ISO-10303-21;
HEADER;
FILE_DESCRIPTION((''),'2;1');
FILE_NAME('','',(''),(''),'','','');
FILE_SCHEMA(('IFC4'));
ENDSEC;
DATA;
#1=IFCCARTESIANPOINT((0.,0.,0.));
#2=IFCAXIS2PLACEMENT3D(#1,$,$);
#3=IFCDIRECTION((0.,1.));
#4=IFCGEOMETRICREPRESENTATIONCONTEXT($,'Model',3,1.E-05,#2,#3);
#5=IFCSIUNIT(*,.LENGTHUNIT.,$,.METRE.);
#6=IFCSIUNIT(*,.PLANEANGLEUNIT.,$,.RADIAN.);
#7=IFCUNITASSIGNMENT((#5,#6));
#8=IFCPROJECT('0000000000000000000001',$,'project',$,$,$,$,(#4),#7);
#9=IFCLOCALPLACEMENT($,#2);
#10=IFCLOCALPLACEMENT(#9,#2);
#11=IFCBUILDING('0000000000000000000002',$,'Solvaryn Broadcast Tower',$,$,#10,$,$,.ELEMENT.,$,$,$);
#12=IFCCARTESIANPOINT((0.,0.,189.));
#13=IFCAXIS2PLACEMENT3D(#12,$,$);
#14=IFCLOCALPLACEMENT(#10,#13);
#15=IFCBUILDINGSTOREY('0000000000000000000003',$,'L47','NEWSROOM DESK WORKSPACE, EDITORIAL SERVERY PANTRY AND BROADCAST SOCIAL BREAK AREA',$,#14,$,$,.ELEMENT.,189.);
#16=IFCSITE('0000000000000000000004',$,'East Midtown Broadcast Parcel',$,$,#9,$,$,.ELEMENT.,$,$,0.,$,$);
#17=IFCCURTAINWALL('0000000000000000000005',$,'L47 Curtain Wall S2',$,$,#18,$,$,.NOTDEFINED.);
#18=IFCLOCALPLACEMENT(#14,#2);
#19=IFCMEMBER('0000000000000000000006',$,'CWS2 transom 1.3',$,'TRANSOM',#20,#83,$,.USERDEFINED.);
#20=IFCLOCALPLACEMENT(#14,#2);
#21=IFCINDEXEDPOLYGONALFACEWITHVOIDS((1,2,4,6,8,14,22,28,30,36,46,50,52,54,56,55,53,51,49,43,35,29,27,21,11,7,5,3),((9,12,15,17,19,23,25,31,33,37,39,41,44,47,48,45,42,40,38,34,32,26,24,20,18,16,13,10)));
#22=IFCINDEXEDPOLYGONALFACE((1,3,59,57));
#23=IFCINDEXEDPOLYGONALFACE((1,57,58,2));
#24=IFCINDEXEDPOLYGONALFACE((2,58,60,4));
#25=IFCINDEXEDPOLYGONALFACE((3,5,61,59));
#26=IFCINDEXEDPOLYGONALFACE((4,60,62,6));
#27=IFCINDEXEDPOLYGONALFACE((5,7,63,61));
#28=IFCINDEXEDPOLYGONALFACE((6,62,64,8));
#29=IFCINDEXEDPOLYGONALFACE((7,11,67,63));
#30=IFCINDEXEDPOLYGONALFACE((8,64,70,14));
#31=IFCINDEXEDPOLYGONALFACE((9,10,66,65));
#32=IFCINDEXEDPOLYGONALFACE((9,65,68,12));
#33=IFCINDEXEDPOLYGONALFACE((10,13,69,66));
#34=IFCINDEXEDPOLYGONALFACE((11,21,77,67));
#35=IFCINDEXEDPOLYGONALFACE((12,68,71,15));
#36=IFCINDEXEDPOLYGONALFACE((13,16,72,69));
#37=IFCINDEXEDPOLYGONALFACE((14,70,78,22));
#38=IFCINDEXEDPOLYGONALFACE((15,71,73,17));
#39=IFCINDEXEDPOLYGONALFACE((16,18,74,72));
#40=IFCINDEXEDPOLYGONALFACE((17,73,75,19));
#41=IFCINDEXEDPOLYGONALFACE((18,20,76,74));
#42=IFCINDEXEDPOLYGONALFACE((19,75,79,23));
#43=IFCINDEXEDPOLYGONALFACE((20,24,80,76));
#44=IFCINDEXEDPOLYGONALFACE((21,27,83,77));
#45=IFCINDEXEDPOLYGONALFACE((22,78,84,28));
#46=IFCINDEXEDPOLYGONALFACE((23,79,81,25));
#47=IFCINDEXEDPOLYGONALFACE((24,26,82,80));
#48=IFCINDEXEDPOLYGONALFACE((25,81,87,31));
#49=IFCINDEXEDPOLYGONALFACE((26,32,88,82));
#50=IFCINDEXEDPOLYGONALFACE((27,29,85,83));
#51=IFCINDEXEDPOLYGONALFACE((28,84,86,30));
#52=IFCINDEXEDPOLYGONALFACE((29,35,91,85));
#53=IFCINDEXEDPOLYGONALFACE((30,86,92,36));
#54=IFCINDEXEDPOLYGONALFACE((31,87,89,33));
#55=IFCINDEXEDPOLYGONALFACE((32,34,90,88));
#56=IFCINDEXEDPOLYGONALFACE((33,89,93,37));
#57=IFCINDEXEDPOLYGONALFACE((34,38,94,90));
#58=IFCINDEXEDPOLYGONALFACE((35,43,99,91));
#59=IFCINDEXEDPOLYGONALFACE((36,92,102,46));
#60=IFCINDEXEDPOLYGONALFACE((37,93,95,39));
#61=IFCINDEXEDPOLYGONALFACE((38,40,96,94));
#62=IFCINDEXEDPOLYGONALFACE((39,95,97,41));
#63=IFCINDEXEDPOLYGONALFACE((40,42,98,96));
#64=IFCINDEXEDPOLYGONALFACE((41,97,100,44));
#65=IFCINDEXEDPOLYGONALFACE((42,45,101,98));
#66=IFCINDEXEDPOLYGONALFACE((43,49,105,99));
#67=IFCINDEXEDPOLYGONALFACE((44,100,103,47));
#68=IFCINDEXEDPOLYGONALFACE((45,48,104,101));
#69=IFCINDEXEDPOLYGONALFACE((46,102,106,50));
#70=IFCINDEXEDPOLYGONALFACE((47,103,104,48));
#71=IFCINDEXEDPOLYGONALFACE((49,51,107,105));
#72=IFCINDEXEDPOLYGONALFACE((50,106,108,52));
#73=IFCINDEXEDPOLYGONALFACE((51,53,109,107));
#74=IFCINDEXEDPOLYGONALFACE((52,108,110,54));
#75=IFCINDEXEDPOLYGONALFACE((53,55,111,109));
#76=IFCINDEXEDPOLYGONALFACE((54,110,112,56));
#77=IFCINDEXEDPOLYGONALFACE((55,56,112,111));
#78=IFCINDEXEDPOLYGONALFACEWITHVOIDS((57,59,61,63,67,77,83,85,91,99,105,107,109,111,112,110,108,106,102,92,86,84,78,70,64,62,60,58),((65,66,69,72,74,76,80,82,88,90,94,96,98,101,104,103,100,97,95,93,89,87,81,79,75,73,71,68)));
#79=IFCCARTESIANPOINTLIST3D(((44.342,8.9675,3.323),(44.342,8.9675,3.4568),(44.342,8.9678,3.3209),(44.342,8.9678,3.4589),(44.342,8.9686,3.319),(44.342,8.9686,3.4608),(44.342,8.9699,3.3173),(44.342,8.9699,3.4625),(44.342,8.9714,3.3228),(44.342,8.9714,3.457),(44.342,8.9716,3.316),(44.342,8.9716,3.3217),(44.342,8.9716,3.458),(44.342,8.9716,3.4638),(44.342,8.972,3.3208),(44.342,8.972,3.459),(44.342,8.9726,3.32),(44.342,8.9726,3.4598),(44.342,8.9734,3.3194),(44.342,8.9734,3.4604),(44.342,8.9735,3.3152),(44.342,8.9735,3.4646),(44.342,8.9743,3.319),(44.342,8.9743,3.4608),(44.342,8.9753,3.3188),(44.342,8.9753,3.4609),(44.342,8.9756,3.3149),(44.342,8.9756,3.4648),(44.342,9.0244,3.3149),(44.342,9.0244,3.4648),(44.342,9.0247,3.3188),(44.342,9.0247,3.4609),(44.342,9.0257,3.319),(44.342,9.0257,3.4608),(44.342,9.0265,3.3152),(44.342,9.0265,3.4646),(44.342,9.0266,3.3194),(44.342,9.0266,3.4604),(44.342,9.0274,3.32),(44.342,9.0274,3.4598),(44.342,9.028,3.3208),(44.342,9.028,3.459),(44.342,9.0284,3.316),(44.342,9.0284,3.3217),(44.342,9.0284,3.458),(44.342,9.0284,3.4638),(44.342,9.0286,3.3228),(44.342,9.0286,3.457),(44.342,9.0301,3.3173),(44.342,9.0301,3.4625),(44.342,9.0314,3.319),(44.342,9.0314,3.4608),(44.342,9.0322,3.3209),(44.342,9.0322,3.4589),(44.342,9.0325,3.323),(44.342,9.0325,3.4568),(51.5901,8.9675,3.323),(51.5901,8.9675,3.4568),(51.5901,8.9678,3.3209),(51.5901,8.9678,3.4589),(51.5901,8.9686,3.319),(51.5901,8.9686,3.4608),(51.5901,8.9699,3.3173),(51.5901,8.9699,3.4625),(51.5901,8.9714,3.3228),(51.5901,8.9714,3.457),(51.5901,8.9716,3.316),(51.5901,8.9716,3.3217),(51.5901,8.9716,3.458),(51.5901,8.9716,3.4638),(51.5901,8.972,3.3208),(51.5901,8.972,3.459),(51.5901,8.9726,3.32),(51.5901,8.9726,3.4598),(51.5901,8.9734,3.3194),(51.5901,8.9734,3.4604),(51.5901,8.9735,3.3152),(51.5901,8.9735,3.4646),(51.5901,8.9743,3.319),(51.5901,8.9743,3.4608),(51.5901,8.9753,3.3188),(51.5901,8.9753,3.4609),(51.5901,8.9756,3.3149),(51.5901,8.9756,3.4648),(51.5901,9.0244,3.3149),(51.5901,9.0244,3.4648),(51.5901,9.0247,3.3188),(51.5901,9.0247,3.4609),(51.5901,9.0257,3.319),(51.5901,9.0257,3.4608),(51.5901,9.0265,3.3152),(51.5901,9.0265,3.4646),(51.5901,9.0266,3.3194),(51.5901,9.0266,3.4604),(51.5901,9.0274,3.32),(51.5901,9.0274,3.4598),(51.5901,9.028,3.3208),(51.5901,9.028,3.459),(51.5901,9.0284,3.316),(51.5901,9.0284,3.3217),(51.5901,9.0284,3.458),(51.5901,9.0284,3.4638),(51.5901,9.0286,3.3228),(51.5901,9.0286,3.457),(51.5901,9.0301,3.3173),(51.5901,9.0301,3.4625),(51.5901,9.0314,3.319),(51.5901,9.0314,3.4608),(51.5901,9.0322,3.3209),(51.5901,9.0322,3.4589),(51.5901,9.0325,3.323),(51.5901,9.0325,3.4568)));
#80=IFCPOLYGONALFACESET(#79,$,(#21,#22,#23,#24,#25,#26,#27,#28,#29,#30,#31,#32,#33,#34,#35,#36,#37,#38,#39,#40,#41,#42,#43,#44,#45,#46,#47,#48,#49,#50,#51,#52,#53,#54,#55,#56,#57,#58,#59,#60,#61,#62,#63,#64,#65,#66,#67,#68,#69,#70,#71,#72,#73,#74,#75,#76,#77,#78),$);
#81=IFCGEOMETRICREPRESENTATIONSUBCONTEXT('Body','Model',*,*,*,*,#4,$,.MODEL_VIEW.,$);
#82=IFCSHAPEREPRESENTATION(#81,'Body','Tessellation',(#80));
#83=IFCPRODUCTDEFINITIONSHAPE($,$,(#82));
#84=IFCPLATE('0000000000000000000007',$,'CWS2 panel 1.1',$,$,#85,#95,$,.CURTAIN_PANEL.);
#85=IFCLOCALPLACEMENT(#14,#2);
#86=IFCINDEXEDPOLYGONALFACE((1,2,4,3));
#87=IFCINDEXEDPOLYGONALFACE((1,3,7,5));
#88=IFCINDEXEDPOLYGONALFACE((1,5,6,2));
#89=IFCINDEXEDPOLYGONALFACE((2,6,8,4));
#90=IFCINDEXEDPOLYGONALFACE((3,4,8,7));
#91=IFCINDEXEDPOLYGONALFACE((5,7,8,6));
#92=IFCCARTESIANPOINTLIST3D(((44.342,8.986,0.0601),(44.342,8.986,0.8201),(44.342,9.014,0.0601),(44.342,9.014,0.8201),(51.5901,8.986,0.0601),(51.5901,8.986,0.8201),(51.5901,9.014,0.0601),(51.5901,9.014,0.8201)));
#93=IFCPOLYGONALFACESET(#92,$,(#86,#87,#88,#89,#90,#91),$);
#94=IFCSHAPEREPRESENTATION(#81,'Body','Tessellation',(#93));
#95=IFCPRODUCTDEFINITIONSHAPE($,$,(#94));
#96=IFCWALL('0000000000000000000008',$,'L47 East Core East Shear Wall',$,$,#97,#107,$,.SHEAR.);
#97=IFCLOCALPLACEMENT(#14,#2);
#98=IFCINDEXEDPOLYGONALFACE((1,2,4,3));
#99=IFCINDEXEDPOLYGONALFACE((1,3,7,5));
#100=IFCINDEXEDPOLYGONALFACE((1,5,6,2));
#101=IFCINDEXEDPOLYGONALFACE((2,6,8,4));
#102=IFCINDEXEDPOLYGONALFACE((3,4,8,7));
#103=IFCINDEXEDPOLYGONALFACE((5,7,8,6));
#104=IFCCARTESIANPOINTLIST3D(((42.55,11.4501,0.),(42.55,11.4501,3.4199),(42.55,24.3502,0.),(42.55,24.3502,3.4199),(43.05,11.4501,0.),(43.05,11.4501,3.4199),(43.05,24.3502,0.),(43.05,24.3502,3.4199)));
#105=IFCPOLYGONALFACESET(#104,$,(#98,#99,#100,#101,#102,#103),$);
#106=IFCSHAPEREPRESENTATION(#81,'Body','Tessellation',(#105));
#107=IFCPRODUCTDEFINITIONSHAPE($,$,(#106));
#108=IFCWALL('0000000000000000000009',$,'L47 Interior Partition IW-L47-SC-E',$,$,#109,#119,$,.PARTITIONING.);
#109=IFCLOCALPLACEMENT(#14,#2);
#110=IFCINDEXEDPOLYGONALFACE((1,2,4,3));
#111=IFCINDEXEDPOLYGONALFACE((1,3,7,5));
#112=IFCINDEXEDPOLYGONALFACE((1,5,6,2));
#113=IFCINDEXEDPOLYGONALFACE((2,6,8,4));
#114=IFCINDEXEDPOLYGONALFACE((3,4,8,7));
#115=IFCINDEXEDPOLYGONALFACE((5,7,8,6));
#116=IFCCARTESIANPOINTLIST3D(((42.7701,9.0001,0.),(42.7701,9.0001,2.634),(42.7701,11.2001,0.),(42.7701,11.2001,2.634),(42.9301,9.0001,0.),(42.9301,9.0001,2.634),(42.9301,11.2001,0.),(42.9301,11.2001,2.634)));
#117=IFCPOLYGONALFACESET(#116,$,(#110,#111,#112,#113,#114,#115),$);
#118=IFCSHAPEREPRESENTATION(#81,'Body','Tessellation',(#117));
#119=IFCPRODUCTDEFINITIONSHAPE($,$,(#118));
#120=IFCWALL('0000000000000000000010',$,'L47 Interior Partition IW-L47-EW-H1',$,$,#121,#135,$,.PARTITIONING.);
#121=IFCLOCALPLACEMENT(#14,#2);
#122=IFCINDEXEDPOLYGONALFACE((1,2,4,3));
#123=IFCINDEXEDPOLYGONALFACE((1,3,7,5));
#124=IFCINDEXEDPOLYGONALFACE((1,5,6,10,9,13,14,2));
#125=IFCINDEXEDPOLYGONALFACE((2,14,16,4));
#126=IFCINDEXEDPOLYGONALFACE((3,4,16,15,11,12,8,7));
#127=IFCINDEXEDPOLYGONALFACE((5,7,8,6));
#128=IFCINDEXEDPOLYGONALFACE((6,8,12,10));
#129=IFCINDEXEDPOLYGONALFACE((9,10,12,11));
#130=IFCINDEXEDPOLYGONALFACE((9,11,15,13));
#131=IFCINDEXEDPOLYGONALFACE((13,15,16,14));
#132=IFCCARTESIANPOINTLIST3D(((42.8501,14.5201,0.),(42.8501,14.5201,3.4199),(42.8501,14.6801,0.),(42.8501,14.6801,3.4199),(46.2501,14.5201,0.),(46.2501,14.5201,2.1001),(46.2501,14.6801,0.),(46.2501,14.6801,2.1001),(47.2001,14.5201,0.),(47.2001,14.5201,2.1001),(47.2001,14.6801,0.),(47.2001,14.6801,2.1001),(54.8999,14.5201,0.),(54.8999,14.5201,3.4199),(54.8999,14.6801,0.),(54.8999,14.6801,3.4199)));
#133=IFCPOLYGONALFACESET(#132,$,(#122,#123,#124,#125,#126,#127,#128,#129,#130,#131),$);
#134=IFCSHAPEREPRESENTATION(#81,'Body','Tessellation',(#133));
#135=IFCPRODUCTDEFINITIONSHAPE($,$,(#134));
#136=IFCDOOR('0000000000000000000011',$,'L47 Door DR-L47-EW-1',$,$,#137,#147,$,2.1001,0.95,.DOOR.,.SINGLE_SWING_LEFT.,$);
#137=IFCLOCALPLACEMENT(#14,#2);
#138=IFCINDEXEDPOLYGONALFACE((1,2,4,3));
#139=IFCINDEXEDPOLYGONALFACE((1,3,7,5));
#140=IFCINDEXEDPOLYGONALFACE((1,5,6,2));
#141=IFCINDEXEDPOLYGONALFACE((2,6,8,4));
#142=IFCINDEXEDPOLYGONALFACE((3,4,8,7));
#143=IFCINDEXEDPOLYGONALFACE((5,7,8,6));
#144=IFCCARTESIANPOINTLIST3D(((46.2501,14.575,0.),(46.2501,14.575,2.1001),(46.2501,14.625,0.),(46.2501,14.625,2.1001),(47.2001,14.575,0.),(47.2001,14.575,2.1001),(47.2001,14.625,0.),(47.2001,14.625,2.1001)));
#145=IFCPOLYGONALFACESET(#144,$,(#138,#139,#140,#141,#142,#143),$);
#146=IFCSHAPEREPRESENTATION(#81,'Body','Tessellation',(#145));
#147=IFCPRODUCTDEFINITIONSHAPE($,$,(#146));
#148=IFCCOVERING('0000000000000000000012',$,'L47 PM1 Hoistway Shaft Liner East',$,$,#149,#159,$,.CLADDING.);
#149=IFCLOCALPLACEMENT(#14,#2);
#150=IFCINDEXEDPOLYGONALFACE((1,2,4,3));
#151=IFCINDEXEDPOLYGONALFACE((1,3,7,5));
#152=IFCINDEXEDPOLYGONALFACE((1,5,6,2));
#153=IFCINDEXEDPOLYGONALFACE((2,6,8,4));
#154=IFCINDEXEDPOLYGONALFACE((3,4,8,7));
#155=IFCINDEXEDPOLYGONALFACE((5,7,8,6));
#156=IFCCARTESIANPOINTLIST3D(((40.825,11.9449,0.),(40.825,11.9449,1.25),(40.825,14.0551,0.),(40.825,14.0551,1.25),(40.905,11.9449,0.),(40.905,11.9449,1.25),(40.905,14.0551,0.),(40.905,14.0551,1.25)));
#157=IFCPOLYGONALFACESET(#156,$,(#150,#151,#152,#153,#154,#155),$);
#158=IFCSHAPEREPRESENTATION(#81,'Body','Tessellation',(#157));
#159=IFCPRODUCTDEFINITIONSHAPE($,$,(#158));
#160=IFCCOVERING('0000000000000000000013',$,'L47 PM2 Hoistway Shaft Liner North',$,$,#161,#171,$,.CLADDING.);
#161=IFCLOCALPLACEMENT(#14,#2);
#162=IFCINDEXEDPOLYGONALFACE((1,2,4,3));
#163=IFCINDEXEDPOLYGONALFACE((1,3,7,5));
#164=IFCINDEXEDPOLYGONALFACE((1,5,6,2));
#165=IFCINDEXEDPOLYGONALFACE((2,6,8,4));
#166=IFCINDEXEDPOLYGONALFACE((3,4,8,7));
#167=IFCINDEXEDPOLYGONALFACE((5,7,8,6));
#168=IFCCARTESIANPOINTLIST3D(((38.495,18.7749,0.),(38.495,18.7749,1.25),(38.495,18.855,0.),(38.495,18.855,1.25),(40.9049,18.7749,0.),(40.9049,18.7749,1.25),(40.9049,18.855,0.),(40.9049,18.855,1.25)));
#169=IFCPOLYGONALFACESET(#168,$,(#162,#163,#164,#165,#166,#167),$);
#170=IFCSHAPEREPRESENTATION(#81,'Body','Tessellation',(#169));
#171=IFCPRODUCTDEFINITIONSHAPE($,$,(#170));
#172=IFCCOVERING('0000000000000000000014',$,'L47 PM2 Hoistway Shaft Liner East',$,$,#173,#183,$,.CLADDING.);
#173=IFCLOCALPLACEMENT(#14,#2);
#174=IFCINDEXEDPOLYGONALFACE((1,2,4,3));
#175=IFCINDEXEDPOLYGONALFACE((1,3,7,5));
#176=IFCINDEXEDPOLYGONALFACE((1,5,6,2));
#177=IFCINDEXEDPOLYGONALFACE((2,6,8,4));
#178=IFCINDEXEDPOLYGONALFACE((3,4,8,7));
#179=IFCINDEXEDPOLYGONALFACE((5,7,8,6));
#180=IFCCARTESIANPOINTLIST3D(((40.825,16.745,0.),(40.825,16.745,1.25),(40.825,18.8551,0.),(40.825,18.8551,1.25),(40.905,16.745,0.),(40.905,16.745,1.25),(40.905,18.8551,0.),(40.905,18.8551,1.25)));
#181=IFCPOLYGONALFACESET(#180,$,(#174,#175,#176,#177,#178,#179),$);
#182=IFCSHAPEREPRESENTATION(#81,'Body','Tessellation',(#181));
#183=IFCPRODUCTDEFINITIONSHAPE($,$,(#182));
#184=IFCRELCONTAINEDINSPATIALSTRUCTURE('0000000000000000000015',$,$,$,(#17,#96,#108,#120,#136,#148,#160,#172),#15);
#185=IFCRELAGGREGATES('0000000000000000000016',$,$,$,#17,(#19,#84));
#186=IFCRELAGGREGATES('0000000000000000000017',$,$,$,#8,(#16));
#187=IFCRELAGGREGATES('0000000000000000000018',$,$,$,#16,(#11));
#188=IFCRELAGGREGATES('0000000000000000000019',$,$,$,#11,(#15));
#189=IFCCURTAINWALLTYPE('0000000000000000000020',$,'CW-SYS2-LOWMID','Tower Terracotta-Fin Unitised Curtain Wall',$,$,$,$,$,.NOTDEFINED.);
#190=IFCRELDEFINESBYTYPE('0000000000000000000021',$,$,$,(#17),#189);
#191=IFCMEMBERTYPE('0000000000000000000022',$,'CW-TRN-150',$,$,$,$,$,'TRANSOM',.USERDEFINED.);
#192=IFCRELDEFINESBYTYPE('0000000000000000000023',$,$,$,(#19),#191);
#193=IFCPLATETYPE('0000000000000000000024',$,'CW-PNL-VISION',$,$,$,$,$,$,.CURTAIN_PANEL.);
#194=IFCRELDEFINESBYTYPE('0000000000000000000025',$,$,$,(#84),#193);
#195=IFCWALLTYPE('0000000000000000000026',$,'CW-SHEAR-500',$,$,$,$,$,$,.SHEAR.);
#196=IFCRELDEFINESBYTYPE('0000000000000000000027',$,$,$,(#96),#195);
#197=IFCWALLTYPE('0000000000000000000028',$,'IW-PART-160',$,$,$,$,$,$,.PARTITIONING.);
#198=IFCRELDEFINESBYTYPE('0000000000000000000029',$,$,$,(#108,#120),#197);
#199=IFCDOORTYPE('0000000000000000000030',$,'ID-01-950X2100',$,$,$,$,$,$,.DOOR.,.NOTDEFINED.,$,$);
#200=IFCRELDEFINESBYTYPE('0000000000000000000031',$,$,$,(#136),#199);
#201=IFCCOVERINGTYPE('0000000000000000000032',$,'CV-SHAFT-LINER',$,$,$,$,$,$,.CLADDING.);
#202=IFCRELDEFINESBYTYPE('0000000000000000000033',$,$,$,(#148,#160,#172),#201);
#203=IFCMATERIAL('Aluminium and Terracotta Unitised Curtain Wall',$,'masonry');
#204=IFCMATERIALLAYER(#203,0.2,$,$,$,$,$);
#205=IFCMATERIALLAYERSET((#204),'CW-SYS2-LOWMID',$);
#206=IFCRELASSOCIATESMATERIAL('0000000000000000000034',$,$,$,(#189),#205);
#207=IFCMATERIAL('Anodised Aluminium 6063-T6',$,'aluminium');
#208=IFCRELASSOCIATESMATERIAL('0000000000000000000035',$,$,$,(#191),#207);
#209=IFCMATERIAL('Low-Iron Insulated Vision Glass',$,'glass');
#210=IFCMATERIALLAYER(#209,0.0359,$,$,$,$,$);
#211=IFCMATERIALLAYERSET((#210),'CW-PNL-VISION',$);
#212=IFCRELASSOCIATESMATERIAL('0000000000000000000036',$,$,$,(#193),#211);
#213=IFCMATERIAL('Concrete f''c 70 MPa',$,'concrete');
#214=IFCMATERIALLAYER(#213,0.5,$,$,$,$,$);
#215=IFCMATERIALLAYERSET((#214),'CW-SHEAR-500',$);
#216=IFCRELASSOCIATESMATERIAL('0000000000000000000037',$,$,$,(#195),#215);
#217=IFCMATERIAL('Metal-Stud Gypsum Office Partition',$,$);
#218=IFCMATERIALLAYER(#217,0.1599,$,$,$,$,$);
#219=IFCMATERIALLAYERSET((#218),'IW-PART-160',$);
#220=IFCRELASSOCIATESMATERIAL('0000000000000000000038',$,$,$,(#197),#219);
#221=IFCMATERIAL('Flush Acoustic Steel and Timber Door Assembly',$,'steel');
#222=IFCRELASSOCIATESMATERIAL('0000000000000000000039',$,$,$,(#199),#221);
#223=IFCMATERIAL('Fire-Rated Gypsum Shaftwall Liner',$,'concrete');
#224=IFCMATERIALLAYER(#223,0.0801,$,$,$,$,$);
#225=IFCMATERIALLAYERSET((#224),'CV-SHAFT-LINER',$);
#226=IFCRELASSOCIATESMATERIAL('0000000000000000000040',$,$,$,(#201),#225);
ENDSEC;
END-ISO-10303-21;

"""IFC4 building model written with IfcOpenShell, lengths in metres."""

from ifc_helpers import new_model, si_unit, direction, frame, frame_2d, origin, origin_2d, place, context, subcontext, project, spatial, rectangle, hollow_rectangle, extrude, material, layer, layer_set, material_profile, profile_set, type_object, element, fill, aggregate, save


model = new_model("IFC4")

# Units and contexts
model_context = context("Model", 3, precision=1e-05, world=origin(), true_north=direction((0.0, 1.0)))
body_context = subcontext(model_context, "Body", "Model", "MODEL_VIEW")
ifc_project = project(units=[si_unit("LENGTHUNIT", "METRE"), si_unit("PLANEANGLEUNIT", "RADIAN")], contexts=[model_context])

# Site, building, storey
site_placement = place(None, origin())
site = spatial("IfcSite", under=ifc_project, at=site_placement, Name="East Midtown Broadcast Parcel", CompositionType="ELEMENT", RefElevation=0.0)
building_placement = place(site_placement, origin())
building = spatial("IfcBuilding", under=site, at=building_placement, Name="Solvaryn Broadcast Tower", CompositionType="ELEMENT")
storey_placement = place(building_placement, frame((0.0, 0.0, 189.0)))
storey = spatial("IfcBuildingStorey", under=building, at=storey_placement, Name="L47", Description="NEWSROOM DESK WORKSPACE, EDITORIAL SERVERY PANTRY AND BROADCAST SOCIAL BREAK AREA", CompositionType="ELEMENT", Elevation=189.0)

# Shared definitions
ifc_material_1 = material(Name="Aluminium and Terracotta Unitised Curtain Wall", Category="masonry")
ifc_layer_1 = layer(ifc_material_1, 0.2)
ifc_layer_set_1 = layer_set([ifc_layer_1], Name="CW-SYS2-LOWMID")
curtain_wall_type = type_object("IfcCurtainWallType", Name="CW-SYS2-LOWMID", Description="Tower Terracotta-Fin Unitised Curtain Wall", PredefinedType="NOTDEFINED", material=ifc_layer_set_1)

# Curtain wall, member, plate
curtain_wall_1_placement = place(storey_placement, origin())
curtain_wall_1 = element("IfcCurtainWall", 1, at=curtain_wall_1_placement, inside=storey, type_object=curtain_wall_type, Name="L47 Curtain Wall S2", PredefinedType="NOTDEFINED")
ifc_material_2 = material(Name="Anodised Aluminium 6063-T6", Category="aluminium")
ifc_material_profile_1 = material_profile(ifc_material_2, hollow_rectangle(XDim=0.0649, YDim=0.1499, WallThickness=0.0039, InnerFilletRadius=0.0039, OuterFilletRadius=0.0081, at=origin_2d()))
ifc_profile_set_1 = profile_set([ifc_material_profile_1], Name="Anodised Aluminium 6063-T6")
member_type_1 = type_object("IfcMemberType", Name="CW-TRN-150", ElementType="TRANSOM", PredefinedType="USERDEFINED", material=ifc_profile_set_1)
member_1_placement = place(storey_placement, frame((44.342, 9.0, 3.3899), z_axis=(1.0, 0.0, 0.0), x_axis=(0.0, 1.0, 0.0)))
member_1 = element("IfcMember", 2, at=member_1_placement, type_object=member_type_1, Name="CWS2 transom 1.3", ObjectType="TRANSOM", PredefinedType="USERDEFINED", context=body_context, shape_type="SweptSolid", body=[
    extrude(hollow_rectangle(XDim=0.0649, YDim=0.1499, WallThickness=0.0039, InnerFilletRadius=0.0039, OuterFilletRadius=0.0081, at=origin_2d()), origin(), (0.0, 0.0, 1.0), 7.248),
])
ifc_material_3 = material(Name="Low-Iron Insulated Vision Glass", Category="glass")
ifc_layer_2 = layer(ifc_material_3, 0.0359)
ifc_layer_set_2 = layer_set([ifc_layer_2], Name="CW-PNL-VISION")
plate_type = type_object("IfcPlateType", Name="CW-PNL-VISION", PredefinedType="CURTAIN_PANEL", material=ifc_layer_set_2)
plate_placement = place(storey_placement, frame((47.9661, 9.0, 0.0601), z_axis=(0.0, 0.0, 1.0), x_axis=(1.0, 0.0, 0.0)))
plate = element("IfcPlate", 3, at=plate_placement, type_object=plate_type, Name="CWS2 panel 1.1", PredefinedType="CURTAIN_PANEL", context=body_context, shape_type="SweptSolid", body=[
    extrude(rectangle(XDim=7.248, YDim=0.0281, at=origin_2d()), origin(), (0.0, 0.0, 1.0), 0.76),
])
aggregate(curtain_wall_1, [member_1, plate])

# Walls
ifc_material_4 = material(Name="Concrete f'c 70 MPa", Category="concrete")
ifc_layer_3 = layer(ifc_material_4, 0.5)
ifc_layer_set_3 = layer_set([ifc_layer_3], Name="CW-SHEAR-500")
wall_type_1 = type_object("IfcWallType", Name="CW-SHEAR-500", PredefinedType="SHEAR", material=ifc_layer_set_3)
wall_1_placement = place(storey_placement, frame((42.8, 11.45, 0.0), z_axis=(0.0, 0.0, 1.0), x_axis=(0.0, 1.0, 0.0)))
element("IfcWall", 4, at=wall_1_placement, inside=storey, type_object=wall_type_1, Name="L47 East Core East Shear Wall", PredefinedType="SHEAR", context=body_context, shape_type="SweptSolid", body=[
    extrude(rectangle(XDim=12.9001, YDim=0.5, at=frame_2d((6.4502, 0.0))), origin(), (0.0, 0.0, 1.0), 3.4199),
])
ifc_material_5 = material(Name="Metal-Stud Gypsum Office Partition")
ifc_layer_4 = layer(ifc_material_5, 0.1599)
ifc_layer_set_4 = layer_set([ifc_layer_4], Name="IW-PART-160")
wall_type_2 = type_object("IfcWallType", Name="IW-PART-160", PredefinedType="PARTITIONING", material=ifc_layer_set_4)
wall_2_placement = place(storey_placement, frame((42.8501, 9.0, 0.0), z_axis=(0.0, 0.0, 1.0), x_axis=(0.0, 1.0, 0.0)))
element("IfcWall", 5, at=wall_2_placement, inside=storey, type_object=wall_type_2, Name="L47 Interior Partition IW-L47-SC-E", PredefinedType="PARTITIONING", context=body_context, shape_type="SweptSolid", body=[
    extrude(rectangle(XDim=2.2, YDim=0.1599, at=frame_2d((1.1001, 0.0))), origin(), (0.0, 0.0, 1.0), 2.634),
])

# Wall, opening, door
wall_3_placement = place(storey_placement, frame((42.8501, 14.6001, 0.0), z_axis=(0.0, 0.0, 1.0), x_axis=(1.0, 0.0, 0.0)))
wall_3 = element("IfcWall", 6, at=wall_3_placement, inside=storey, type_object=wall_type_2, Name="L47 Interior Partition IW-L47-EW-H1", PredefinedType="PARTITIONING", context=body_context, shape_type="SweptSolid", body=[
    extrude(rectangle(XDim=12.0498, YDim=0.1599, at=frame_2d((6.0249, 0.0))), origin(), (0.0, 0.0, 1.0), 3.4199),
])
opening_1_placement = place(wall_3_placement, frame((3.3999, 0.0, 0.0)))
opening_1 = element("IfcOpeningElement", 7, at=opening_1_placement, cuts=wall_3, PredefinedType="OPENING", context=body_context, shape_type="SweptSolid", body=[
    extrude(rectangle(XDim=0.95, YDim=2.1001, at=frame_2d((0.4751, 1.05))), frame((0.0, 0.0901, 0.0), z_axis=(0.0, -1.0, 0.0), x_axis=(1.0, 0.0, 0.0)), (0.0, 0.0, 1.0), 0.1799),
])
ifc_material_6 = material(Name="Flush Acoustic Steel and Timber Door Assembly", Category="steel")
door_type_1 = type_object("IfcDoorType", Name="ID-01-950X2100", OperationType="NOTDEFINED", PredefinedType="DOOR", material=ifc_material_6)
door_1_placement = place(opening_1_placement, origin())
door_1 = element("IfcDoor", 8, at=door_1_placement, inside=storey, type_object=door_type_1, Name="L47 Door DR-L47-EW-1", OperationType="SINGLE_SWING_LEFT", OverallHeight=2.1001, OverallWidth=0.95, PredefinedType="DOOR", context=body_context, shape_type="SweptSolid", body=[
    extrude(rectangle(XDim=0.95, YDim=2.1001, at=frame_2d((0.4751, 1.05))), frame((0.0, 0.0249, 0.0), z_axis=(0.0, -1.0, 0.0), x_axis=(1.0, 0.0, 0.0)), (0.0, 0.0, 1.0), 0.05),
])
fill(opening_1, door_1)

# Coverings
ifc_material_7 = material(Name="Fire-Rated Gypsum Shaftwall Liner", Category="concrete")
ifc_layer_5 = layer(ifc_material_7, 0.0801)
ifc_layer_set_5 = layer_set([ifc_layer_5], Name="CV-SHAFT-LINER")
covering_type_1 = type_object("IfcCoveringType", Name="CV-SHAFT-LINER", PredefinedType="CLADDING", material=ifc_layer_set_5)
covering_1_placement = place(storey_placement, frame((40.865, 13.0, 0.0), z_axis=(0.0, 0.0, 1.0), x_axis=(1.0, 0.0, 0.0)))
element("IfcCovering", 9, at=covering_1_placement, inside=storey, type_object=covering_type_1, Name="L47 PM1 Hoistway Shaft Liner East", PredefinedType="CLADDING", context=body_context, shape_type="SweptSolid", body=[
    extrude(rectangle(XDim=0.0801, YDim=2.1101, at=origin_2d()), origin(), (0.0, 0.0, 1.0), 1.25),
])
covering_2_placement = place(storey_placement, frame((39.7, 18.8149, 0.0), z_axis=(0.0, 0.0, 1.0), x_axis=(1.0, 0.0, 0.0)))
element("IfcCovering", 10, at=covering_2_placement, inside=storey, type_object=covering_type_1, Name="L47 PM2 Hoistway Shaft Liner North", PredefinedType="CLADDING", context=body_context, shape_type="SweptSolid", body=[
    extrude(rectangle(XDim=2.4099, YDim=0.0801, at=origin_2d()), origin(), (0.0, 0.0, 1.0), 1.25),
])
covering_3_placement = place(storey_placement, frame((40.865, 17.8, 0.0), z_axis=(0.0, 0.0, 1.0), x_axis=(1.0, 0.0, 0.0)))
element("IfcCovering", 11, at=covering_3_placement, inside=storey, type_object=covering_type_1, Name="L47 PM2 Hoistway Shaft Liner East", PredefinedType="CLADDING", context=body_context, shape_type="SweptSolid", body=[
    extrude(rectangle(XDim=0.0801, YDim=2.1101, at=origin_2d()), origin(), (0.0, 0.0, 1.0), 1.25),
])

save(model, "model.ifc")
